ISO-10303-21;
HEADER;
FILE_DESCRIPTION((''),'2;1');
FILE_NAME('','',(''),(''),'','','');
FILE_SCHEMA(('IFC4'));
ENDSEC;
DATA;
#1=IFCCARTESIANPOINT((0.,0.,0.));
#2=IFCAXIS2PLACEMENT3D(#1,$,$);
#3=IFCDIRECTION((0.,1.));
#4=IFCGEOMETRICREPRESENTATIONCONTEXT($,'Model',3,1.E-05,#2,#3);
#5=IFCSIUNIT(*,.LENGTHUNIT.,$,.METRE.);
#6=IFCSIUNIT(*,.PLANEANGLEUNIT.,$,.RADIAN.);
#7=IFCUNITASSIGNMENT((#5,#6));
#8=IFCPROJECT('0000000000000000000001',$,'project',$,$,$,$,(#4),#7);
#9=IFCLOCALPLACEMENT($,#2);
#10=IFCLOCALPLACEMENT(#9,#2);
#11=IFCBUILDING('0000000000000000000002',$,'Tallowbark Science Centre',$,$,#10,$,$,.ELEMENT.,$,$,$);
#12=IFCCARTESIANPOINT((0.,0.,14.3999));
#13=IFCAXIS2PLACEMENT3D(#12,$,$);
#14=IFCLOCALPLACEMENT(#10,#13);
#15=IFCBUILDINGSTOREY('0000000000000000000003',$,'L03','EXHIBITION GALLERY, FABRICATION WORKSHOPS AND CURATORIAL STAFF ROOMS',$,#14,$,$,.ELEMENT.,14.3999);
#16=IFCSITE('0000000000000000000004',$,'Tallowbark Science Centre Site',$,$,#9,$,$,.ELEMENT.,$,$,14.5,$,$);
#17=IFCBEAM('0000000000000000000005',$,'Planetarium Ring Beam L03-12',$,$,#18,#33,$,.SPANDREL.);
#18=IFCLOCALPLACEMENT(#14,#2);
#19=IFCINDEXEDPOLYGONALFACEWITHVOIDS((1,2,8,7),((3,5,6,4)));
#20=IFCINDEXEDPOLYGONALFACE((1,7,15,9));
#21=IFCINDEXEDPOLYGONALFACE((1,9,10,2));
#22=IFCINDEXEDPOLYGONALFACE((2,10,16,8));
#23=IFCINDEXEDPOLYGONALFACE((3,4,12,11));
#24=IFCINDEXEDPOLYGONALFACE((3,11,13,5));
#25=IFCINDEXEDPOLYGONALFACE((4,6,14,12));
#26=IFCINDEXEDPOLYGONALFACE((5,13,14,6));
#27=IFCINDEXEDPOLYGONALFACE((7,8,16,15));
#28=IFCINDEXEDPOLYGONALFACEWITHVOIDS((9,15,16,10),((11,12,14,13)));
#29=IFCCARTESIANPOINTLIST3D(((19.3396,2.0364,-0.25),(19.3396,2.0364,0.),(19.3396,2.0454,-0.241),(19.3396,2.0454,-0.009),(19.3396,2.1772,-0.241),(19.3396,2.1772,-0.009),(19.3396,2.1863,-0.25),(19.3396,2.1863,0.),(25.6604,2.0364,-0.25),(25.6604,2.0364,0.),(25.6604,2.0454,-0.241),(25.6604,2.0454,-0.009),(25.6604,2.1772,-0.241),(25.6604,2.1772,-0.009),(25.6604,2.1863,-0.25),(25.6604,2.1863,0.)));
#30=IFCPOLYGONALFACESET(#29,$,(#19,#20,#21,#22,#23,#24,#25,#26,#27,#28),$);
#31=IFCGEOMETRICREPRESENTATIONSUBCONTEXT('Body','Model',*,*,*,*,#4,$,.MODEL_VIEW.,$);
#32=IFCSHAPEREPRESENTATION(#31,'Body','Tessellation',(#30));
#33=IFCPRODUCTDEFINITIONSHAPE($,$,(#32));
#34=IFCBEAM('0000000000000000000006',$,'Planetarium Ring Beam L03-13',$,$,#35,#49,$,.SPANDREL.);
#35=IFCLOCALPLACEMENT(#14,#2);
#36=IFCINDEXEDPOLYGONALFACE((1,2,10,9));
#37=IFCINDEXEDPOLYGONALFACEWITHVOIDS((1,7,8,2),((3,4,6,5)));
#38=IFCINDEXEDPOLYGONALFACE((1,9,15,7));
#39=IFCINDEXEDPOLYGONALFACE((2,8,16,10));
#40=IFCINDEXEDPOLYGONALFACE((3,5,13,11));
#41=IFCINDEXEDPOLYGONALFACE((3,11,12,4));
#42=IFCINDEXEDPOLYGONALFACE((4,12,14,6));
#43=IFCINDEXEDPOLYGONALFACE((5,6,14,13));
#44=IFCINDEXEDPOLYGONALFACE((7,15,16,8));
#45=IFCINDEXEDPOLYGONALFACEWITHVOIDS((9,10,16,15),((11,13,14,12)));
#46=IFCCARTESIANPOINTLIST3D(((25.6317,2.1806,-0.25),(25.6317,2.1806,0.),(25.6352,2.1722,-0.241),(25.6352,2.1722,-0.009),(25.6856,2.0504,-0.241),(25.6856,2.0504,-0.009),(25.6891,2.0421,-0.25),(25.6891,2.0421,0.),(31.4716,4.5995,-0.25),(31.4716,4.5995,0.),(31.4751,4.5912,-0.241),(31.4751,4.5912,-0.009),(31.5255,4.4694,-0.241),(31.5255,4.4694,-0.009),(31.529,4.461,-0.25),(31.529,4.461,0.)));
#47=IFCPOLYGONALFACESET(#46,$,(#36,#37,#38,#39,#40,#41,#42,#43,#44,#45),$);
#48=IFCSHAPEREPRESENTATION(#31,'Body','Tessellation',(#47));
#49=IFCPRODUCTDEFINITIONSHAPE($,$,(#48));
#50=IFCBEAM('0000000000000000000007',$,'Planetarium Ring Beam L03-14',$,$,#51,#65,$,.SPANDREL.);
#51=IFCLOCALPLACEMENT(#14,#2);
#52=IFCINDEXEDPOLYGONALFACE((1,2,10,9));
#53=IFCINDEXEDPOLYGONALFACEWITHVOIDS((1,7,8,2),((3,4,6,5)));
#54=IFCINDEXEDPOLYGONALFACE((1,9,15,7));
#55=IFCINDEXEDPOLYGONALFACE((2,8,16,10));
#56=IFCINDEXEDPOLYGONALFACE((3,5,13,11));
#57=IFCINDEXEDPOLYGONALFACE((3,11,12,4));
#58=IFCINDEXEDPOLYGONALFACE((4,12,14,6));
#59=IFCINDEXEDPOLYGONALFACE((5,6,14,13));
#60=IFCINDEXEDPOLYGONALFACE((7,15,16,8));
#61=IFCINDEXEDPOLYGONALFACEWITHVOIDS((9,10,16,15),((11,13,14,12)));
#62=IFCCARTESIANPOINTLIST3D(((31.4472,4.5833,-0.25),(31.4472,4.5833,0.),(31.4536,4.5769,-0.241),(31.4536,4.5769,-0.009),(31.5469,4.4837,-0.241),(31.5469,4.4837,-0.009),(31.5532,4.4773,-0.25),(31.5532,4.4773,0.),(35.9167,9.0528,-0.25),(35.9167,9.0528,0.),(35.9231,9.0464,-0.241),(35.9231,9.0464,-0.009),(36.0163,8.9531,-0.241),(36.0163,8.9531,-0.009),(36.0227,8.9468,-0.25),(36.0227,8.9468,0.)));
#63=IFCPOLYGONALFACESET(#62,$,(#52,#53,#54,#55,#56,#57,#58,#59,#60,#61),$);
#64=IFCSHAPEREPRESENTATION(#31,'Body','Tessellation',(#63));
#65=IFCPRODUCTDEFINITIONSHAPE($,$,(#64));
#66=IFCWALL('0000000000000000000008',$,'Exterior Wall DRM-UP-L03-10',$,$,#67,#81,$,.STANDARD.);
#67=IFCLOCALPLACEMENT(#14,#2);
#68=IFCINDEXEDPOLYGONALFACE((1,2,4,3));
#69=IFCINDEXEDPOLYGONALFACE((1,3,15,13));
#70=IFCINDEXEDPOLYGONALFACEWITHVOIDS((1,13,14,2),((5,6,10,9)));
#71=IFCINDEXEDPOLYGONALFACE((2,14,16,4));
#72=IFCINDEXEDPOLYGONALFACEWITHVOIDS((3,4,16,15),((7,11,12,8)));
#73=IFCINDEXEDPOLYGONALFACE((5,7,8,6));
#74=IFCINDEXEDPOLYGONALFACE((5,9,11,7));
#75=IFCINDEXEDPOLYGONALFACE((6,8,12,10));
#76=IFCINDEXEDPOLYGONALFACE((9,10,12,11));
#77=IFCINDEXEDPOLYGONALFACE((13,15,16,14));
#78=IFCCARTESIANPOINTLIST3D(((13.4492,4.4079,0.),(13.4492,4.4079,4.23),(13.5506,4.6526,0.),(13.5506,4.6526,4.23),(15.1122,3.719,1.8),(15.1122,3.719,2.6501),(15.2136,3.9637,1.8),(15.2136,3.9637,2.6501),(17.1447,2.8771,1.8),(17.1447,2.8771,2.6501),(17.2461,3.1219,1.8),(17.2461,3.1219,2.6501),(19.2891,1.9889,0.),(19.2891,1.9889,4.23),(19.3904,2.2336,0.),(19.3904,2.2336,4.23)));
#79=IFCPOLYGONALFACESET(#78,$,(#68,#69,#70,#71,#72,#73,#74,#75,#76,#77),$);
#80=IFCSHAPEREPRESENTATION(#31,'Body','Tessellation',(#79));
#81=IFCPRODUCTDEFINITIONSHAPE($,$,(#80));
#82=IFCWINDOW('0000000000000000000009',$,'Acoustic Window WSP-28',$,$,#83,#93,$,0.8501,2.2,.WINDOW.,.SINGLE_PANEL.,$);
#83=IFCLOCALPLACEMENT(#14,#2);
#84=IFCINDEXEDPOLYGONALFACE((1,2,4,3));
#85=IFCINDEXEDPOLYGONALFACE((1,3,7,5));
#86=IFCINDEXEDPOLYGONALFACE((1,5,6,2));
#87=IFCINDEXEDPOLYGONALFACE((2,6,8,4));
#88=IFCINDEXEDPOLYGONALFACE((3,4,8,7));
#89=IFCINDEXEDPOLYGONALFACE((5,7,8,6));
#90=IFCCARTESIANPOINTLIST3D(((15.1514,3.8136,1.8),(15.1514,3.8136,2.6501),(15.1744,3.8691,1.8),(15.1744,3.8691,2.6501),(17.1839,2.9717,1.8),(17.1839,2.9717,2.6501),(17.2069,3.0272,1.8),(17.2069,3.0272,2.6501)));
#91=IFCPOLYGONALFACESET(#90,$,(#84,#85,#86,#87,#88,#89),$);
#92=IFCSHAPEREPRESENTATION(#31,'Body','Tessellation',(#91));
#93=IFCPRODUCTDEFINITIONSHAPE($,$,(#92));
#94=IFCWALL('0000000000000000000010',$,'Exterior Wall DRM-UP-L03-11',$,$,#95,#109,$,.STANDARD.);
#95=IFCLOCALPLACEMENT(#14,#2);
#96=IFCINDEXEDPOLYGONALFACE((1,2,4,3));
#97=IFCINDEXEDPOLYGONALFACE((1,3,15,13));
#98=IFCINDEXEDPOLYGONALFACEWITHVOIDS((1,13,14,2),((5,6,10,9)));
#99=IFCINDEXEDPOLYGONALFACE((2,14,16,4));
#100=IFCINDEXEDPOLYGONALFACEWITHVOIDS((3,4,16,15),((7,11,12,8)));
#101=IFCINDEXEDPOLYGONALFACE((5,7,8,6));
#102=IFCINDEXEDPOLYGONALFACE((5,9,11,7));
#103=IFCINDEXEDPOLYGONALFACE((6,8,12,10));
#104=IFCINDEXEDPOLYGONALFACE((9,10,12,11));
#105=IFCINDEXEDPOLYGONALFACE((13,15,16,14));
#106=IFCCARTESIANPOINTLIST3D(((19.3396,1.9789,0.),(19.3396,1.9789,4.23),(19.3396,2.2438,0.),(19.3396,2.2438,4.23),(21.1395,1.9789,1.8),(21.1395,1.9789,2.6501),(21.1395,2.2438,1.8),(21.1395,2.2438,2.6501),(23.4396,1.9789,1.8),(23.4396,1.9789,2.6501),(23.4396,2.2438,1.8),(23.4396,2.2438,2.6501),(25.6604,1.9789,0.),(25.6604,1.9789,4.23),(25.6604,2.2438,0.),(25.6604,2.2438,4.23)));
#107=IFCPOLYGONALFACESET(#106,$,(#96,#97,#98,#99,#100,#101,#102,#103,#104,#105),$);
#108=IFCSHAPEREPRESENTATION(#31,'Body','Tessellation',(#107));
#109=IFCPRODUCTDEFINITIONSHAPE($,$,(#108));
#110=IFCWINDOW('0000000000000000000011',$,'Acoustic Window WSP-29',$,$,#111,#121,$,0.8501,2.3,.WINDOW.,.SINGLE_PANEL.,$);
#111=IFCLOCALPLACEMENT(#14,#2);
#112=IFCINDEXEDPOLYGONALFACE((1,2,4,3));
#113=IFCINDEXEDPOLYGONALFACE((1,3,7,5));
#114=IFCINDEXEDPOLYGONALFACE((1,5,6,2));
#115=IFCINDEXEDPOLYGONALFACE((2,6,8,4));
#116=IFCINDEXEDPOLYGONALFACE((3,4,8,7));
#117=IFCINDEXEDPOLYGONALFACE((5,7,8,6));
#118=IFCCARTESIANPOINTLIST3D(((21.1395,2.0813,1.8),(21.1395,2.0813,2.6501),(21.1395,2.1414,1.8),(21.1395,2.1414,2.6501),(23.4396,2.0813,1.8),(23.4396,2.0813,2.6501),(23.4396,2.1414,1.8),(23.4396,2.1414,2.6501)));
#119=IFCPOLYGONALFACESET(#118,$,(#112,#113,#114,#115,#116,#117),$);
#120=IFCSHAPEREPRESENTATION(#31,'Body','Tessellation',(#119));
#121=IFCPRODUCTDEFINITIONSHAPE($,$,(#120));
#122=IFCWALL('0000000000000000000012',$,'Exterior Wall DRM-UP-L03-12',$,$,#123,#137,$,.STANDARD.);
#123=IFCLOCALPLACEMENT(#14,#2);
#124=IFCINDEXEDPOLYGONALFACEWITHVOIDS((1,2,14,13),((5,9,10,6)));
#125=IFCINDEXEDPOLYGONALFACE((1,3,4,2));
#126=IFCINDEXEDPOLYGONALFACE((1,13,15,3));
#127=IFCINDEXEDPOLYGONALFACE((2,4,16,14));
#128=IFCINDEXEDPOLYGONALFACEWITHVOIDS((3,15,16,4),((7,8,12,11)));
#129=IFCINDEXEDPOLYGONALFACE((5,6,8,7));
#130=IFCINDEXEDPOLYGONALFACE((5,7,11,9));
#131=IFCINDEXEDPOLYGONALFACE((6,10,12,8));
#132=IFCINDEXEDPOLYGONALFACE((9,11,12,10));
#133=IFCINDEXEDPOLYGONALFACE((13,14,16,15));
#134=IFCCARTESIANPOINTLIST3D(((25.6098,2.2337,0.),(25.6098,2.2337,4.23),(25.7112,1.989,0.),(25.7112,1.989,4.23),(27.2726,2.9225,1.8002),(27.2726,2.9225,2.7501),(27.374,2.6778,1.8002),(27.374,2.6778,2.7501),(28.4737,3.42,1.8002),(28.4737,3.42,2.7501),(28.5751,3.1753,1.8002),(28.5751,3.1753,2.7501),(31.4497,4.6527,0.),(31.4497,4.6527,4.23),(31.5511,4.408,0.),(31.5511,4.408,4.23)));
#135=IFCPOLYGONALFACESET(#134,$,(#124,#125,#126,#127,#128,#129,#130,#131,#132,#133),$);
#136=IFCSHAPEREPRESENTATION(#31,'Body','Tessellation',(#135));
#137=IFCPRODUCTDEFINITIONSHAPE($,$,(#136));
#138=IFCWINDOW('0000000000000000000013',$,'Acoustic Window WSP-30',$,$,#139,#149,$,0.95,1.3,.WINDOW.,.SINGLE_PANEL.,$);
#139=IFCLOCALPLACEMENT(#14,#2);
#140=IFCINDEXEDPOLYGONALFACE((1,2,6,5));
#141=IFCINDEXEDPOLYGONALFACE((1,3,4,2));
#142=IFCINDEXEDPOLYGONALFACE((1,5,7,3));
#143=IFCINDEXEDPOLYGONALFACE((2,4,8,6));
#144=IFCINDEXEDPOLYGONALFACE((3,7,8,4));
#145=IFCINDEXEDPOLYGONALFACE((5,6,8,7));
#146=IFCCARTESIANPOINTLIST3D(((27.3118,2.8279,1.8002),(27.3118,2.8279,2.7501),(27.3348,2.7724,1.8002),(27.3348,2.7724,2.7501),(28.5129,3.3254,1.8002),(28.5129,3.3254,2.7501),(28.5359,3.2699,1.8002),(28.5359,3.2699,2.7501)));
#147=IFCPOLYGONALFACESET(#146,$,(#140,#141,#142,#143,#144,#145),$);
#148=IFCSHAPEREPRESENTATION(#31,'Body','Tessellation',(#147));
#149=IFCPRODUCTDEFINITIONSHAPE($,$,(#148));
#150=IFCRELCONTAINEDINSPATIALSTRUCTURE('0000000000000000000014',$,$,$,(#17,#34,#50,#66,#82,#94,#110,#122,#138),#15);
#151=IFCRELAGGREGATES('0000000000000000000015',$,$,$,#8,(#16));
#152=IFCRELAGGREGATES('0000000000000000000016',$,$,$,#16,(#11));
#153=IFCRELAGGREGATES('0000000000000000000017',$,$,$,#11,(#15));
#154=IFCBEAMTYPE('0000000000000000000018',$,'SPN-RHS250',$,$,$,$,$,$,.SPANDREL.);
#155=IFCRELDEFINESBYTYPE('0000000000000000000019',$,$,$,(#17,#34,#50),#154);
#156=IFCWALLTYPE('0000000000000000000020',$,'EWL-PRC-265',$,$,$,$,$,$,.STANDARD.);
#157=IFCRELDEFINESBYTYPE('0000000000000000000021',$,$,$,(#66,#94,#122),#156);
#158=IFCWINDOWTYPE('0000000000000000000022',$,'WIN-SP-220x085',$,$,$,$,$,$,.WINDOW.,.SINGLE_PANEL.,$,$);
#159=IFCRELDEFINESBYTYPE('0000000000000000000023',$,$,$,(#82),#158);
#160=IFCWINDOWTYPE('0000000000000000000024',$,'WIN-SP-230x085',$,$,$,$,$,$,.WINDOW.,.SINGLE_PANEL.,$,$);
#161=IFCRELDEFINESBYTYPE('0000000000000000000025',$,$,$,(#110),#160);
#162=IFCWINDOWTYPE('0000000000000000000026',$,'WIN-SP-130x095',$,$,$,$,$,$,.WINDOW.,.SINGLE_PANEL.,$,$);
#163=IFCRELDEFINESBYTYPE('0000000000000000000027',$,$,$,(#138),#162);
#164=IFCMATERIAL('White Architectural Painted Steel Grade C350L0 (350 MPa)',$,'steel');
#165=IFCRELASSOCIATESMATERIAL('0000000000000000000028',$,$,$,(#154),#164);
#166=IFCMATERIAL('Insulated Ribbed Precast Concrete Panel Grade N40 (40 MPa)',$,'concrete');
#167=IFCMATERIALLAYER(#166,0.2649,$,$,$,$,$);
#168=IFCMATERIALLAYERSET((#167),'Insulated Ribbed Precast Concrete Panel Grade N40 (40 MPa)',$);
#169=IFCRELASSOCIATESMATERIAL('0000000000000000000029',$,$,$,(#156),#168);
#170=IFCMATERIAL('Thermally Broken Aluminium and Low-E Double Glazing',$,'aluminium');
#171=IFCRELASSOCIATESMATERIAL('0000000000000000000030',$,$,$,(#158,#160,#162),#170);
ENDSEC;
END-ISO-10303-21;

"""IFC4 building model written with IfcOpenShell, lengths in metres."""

from ifc_helpers import new_model, si_unit, direction, frame, frame_2d, origin, origin_2d, place, context, subcontext, project, spatial, rectangle, hollow_rectangle, extrude, material, layer, layer_set, material_profile, profile_set, type_object, element, fill, save


model = new_model("IFC4")

# Units and contexts
model_context = context("Model", 3, precision=1e-05, world=origin(), true_north=direction((0.0, 1.0)))
body_context = subcontext(model_context, "Body", "Model", "MODEL_VIEW")
ifc_project = project(units=[si_unit("LENGTHUNIT", "METRE"), si_unit("PLANEANGLEUNIT", "RADIAN")], contexts=[model_context])

# Site, building, storey
site_placement = place(None, origin())
site = spatial("IfcSite", under=ifc_project, at=site_placement, Name="Tallowbark Science Centre Site", CompositionType="ELEMENT", RefElevation=14.5)
building_placement = place(site_placement, origin())
building = spatial("IfcBuilding", under=site, at=building_placement, Name="Tallowbark Science Centre", CompositionType="ELEMENT")
storey_placement = place(building_placement, frame((0.0, 0.0, 14.3999)))
storey = spatial("IfcBuildingStorey", under=building, at=storey_placement, Name="L03", Description="EXHIBITION GALLERY, FABRICATION WORKSHOPS AND CURATORIAL STAFF ROOMS", CompositionType="ELEMENT", Elevation=14.3999)

# Beams
ifc_material_1 = material(Name="White Architectural Painted Steel Grade C350L0 (350 MPa)", Category="steel")
ifc_material_profile_1 = material_profile(ifc_material_1, hollow_rectangle(XDim=0.1499, YDim=0.25, WallThickness=0.009, at=origin_2d()), Name="250x150x9.0RHS")
ifc_profile_set_1 = profile_set([ifc_material_profile_1], Name="White Architectural Painted Steel Grade C350L0 (350 MPa)")
beam_type = type_object("IfcBeamType", Name="SPN-RHS250", PredefinedType="SPANDREL", material=ifc_profile_set_1)
beam_1_placement = place(storey_placement, frame((19.3396, 2.1113, -0.125), z_axis=(1.0, 0.0, 0.0), x_axis=(0.0, 1.0, 0.0)))
element("IfcBeam", 1, at=beam_1_placement, inside=storey, type_object=beam_type, Name="Planetarium Ring Beam L03-12", PredefinedType="SPANDREL", context=body_context, shape_type="SweptSolid", body=[
    extrude(hollow_rectangle(XDim=0.1499, YDim=0.25, WallThickness=0.009, at=origin_2d()), origin(), (0.0, 0.0, 1.0), 6.3208),
])
beam_2_placement = place(storey_placement, frame((25.6604, 2.1113, -0.125), z_axis=(0.923879, 0.382684, 0.0), x_axis=(-0.382684, 0.923879, 0.0)))
element("IfcBeam", 2, at=beam_2_placement, inside=storey, type_object=beam_type, Name="Planetarium Ring Beam L03-13", PredefinedType="SPANDREL", context=body_context, shape_type="SweptSolid", body=[
    extrude(hollow_rectangle(XDim=0.1499, YDim=0.25, WallThickness=0.009, at=origin_2d()), origin(), (0.0, 0.0, 1.0), 6.321),
])
beam_3_placement = place(storey_placement, frame((31.5002, 4.5303, -0.125), z_axis=(0.707107, 0.707107, 0.0), x_axis=(-0.707107, 0.707107, 0.0)))
element("IfcBeam", 3, at=beam_3_placement, inside=storey, type_object=beam_type, Name="Planetarium Ring Beam L03-14", PredefinedType="SPANDREL", context=body_context, shape_type="SweptSolid", body=[
    extrude(hollow_rectangle(XDim=0.1499, YDim=0.25, WallThickness=0.009, at=origin_2d()), origin(), (0.0, 0.0, 1.0), 6.3208),
])

# Walls, openings, windows
ifc_material_2 = material(Name="Insulated Ribbed Precast Concrete Panel Grade N40 (40 MPa)", Category="concrete")
ifc_layer_1 = layer(ifc_material_2, 0.2649)
ifc_layer_set_1 = layer_set([ifc_layer_1], Name="Insulated Ribbed Precast Concrete Panel Grade N40 (40 MPa)")
wall_type = type_object("IfcWallType", Name="EWL-PRC-265", PredefinedType="STANDARD", material=ifc_layer_set_1)
wall_1_placement = place(storey_placement, frame((13.4998, 4.5303, 0.0), z_axis=(0.0, 0.0, 1.0), x_axis=(0.923879, -0.382684, 0.0)))
wall_1 = element("IfcWall", 4, at=wall_1_placement, inside=storey, type_object=wall_type, Name="Exterior Wall DRM-UP-L03-10", PredefinedType="STANDARD", context=body_context, shape_type="SweptSolid", body=[
    extrude(rectangle(XDim=6.321, YDim=0.2649, at=frame_2d((3.1606, 0.0))), origin(), (0.0, 0.0, 1.0), 4.23),
])
opening_1_placement = place(wall_1_placement, frame((1.8, 0.0, 1.8)))
opening_1 = element("IfcOpeningElement", 5, at=opening_1_placement, cuts=wall_1, PredefinedType="OPENING", context=body_context, shape_type="SweptSolid", body=[
    extrude(rectangle(XDim=2.2, YDim=0.8501, at=frame_2d((1.1001, 0.425))), frame((0.0, 0.1426, 0.0), z_axis=(0.0, -1.0, 0.0), x_axis=(1.0, 0.0, 0.0)), (0.0, 0.0, 1.0), 0.2849),
])
ifc_material_3 = material(Name="Thermally Broken Aluminium and Low-E Double Glazing", Category="aluminium")
window_type_1 = type_object("IfcWindowType", Name="WIN-SP-220x085", PartitioningType="SINGLE_PANEL", PredefinedType="WINDOW", material=ifc_material_3)
window_1_placement = place(opening_1_placement, origin())
window_1 = element("IfcWindow", 6, at=window_1_placement, inside=storey, type_object=window_type_1, Name="Acoustic Window WSP-28", OverallHeight=0.8501, OverallWidth=2.2, PartitioningType="SINGLE_PANEL", PredefinedType="WINDOW", context=body_context, shape_type="SweptSolid", body=[
    extrude(rectangle(XDim=2.2, YDim=0.8501, at=frame_2d((1.1001, 0.425))), frame((0.0, 0.03, 0.0), z_axis=(0.0, -1.0, 0.0), x_axis=(1.0, 0.0, 0.0)), (0.0, 0.0, 1.0), 0.0601),
])
fill(opening_1, window_1)
wall_2_placement = place(storey_placement, frame((19.3396, 2.1113, 0.0), z_axis=(0.0, 0.0, 1.0), x_axis=(1.0, 0.0, 0.0)))
wall_2 = element("IfcWall", 7, at=wall_2_placement, inside=storey, type_object=wall_type, Name="Exterior Wall DRM-UP-L03-11", PredefinedType="STANDARD", context=body_context, shape_type="SweptSolid", body=[
    extrude(rectangle(XDim=6.3208, YDim=0.2649, at=frame_2d((3.1604, 0.0))), origin(), (0.0, 0.0, 1.0), 4.23),
])
opening_2_placement = place(wall_2_placement, frame((1.8, 0.0, 1.8)))
opening_2 = element("IfcOpeningElement", 8, at=opening_2_placement, cuts=wall_2, PredefinedType="OPENING", context=body_context, shape_type="SweptSolid", body=[
    extrude(rectangle(XDim=2.3, YDim=0.8501, at=frame_2d((1.1499, 0.425))), frame((0.0, 0.1426, 0.0), z_axis=(0.0, -1.0, 0.0), x_axis=(1.0, 0.0, 0.0)), (0.0, 0.0, 1.0), 0.2849),
])
window_type_2 = type_object("IfcWindowType", Name="WIN-SP-230x085", PartitioningType="SINGLE_PANEL", PredefinedType="WINDOW", material=ifc_material_3)
window_2_placement = place(opening_2_placement, origin())
window_2 = element("IfcWindow", 9, at=window_2_placement, inside=storey, type_object=window_type_2, Name="Acoustic Window WSP-29", OverallHeight=0.8501, OverallWidth=2.3, PartitioningType="SINGLE_PANEL", PredefinedType="WINDOW", context=body_context, shape_type="SweptSolid", body=[
    extrude(rectangle(XDim=2.3, YDim=0.8501, at=frame_2d((1.1499, 0.425))), frame((0.0, 0.03, 0.0), z_axis=(0.0, -1.0, 0.0), x_axis=(1.0, 0.0, 0.0)), (0.0, 0.0, 1.0), 0.0601),
])
fill(opening_2, window_2)
wall_3_placement = place(storey_placement, frame((25.6604, 2.1113, 0.0), z_axis=(0.0, 0.0, 1.0), x_axis=(0.923879, 0.382684, 0.0)))
wall_3 = element("IfcWall", 10, at=wall_3_placement, inside=storey, type_object=wall_type, Name="Exterior Wall DRM-UP-L03-12", PredefinedType="STANDARD", context=body_context, shape_type="SweptSolid", body=[
    extrude(rectangle(XDim=6.321, YDim=0.2649, at=frame_2d((3.1606, 0.0))), origin(), (0.0, 0.0, 1.0), 4.23),
])
opening_3_placement = place(wall_3_placement, frame((1.8, 0.0, 1.8)))
opening_3 = element("IfcOpeningElement", 11, at=opening_3_placement, cuts=wall_3, PredefinedType="OPENING", context=body_context, shape_type="SweptSolid", body=[
    extrude(rectangle(XDim=1.3, YDim=0.95, at=frame_2d((0.6499, 0.4751))), frame((0.0, 0.1426, 0.0), z_axis=(0.0, -1.0, 0.0), x_axis=(1.0, 0.0, 0.0)), (0.0, 0.0, 1.0), 0.2849),
])
window_type_3 = type_object("IfcWindowType", Name="WIN-SP-130x095", PartitioningType="SINGLE_PANEL", PredefinedType="WINDOW", material=ifc_material_3)
window_3_placement = place(opening_3_placement, origin())
window_3 = element("IfcWindow", 12, at=window_3_placement, inside=storey, type_object=window_type_3, Name="Acoustic Window WSP-30", OverallHeight=0.95, OverallWidth=1.3, PartitioningType="SINGLE_PANEL", PredefinedType="WINDOW", context=body_context, shape_type="SweptSolid", body=[
    extrude(rectangle(XDim=1.3, YDim=0.95, at=frame_2d((0.6499, 0.4751))), frame((0.0, 0.03, 0.0), z_axis=(0.0, -1.0, 0.0), x_axis=(1.0, 0.0, 0.0)), (0.0, 0.0, 1.0), 0.0601),
])
fill(opening_3, window_3)

save(model, "model.ifc")
